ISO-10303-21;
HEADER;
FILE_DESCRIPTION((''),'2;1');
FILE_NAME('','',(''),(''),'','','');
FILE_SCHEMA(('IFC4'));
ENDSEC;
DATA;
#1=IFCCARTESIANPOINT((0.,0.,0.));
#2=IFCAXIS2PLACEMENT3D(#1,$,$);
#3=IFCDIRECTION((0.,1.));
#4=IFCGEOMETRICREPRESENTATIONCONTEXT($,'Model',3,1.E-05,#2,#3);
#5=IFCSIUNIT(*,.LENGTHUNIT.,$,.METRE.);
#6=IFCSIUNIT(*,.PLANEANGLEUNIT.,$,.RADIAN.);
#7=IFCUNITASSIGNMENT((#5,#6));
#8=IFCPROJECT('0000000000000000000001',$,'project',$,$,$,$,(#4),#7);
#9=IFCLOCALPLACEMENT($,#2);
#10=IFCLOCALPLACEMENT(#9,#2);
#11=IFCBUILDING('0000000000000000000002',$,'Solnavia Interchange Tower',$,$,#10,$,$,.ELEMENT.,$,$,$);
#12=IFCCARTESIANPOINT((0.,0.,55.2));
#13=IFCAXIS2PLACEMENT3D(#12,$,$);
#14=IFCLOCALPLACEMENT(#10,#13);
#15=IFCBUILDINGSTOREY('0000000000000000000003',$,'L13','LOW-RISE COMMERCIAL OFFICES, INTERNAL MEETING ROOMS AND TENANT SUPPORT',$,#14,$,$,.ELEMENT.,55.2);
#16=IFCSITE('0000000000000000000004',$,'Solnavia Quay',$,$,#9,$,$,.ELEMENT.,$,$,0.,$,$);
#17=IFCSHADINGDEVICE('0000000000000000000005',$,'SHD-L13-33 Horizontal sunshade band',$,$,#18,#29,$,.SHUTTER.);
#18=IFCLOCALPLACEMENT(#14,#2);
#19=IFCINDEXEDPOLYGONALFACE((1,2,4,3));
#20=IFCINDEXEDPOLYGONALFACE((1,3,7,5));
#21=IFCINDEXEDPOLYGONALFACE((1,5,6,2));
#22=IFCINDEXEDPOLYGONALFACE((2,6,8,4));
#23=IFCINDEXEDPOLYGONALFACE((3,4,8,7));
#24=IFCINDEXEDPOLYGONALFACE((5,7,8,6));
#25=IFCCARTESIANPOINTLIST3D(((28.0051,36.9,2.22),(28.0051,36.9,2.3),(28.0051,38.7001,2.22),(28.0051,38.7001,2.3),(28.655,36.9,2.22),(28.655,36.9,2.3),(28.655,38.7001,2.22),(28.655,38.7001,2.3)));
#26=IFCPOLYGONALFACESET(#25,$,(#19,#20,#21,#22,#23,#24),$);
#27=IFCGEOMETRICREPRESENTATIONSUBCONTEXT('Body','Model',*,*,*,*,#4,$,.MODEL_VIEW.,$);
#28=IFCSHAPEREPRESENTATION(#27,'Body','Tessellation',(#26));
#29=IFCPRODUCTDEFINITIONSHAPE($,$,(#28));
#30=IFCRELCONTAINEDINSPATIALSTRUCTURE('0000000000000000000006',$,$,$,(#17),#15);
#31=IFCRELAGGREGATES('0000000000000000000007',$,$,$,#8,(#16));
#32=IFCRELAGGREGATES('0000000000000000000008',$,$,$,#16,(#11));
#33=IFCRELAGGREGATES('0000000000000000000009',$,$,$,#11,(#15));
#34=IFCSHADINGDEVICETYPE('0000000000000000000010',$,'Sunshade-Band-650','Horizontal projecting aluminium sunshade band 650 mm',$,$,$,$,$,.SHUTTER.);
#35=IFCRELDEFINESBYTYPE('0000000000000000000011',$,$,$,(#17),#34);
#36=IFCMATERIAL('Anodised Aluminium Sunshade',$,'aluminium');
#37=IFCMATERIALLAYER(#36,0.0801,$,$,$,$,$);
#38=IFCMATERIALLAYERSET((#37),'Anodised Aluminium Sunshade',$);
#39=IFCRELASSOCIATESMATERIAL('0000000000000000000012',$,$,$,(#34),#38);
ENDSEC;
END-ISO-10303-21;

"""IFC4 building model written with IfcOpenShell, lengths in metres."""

from ifc_helpers import new_model, si_unit, direction, frame, origin, origin_2d, place, context, subcontext, project, spatial, rectangle, extrude, material, layer, layer_set, type_object, element, save


model = new_model("IFC4")

# Units and contexts
model_context = context("Model", 3, precision=1e-05, world=origin(), true_north=direction((0.0, 1.0)))
body_context = subcontext(model_context, "Body", "Model", "MODEL_VIEW")
ifc_project = project(units=[si_unit("LENGTHUNIT", "METRE"), si_unit("PLANEANGLEUNIT", "RADIAN")], contexts=[model_context])

# Site, building, storey
site_placement = place(None, origin())
site = spatial("IfcSite", under=ifc_project, at=site_placement, Name="Solnavia Quay", CompositionType="ELEMENT", RefElevation=0.0)
building_placement = place(site_placement, origin())
building = spatial("IfcBuilding", under=site, at=building_placement, Name="Solnavia Interchange Tower", CompositionType="ELEMENT")
storey_placement = place(building_placement, frame((0.0, 0.0, 55.2)))
storey = spatial("IfcBuildingStorey", under=building, at=storey_placement, Name="L13", Description="LOW-RISE COMMERCIAL OFFICES, INTERNAL MEETING ROOMS AND TENANT SUPPORT", CompositionType="ELEMENT", Elevation=55.2)

# Shading device
ifc_material_1 = material(Name="Anodised Aluminium Sunshade", Category="aluminium")
ifc_layer_1 = layer(ifc_material_1, 0.0801)
ifc_layer_set_1 = layer_set([ifc_layer_1], Name="Anodised Aluminium Sunshade")
shading_device_type = type_object("IfcShadingDeviceType", Name="Sunshade-Band-650", Description="Horizontal projecting aluminium sunshade band 650 mm", PredefinedType="SHUTTER", material=ifc_layer_set_1)
for number, where, z_axis, x_axis, name in (
    (1, (28.3301, 37.8, 2.22), (0.0, 0.0, 1.0), (0.0, 1.0, 0.0), "SHD-L13-33 Horizontal sunshade band"),
):
    element("IfcShadingDevice", number, at=place(storey_placement, frame(where, z_axis=z_axis, x_axis=x_axis)), inside=storey, type_object=shading_device_type, Name=name, PredefinedType="SHUTTER", context=body_context, shape_type="SweptSolid", body=[
        extrude(rectangle(XDim=1.8, YDim=0.6499, at=origin_2d()), origin(), (0.0, 0.0, 1.0), 0.0801),
    ])

save(model, "model.ifc")
